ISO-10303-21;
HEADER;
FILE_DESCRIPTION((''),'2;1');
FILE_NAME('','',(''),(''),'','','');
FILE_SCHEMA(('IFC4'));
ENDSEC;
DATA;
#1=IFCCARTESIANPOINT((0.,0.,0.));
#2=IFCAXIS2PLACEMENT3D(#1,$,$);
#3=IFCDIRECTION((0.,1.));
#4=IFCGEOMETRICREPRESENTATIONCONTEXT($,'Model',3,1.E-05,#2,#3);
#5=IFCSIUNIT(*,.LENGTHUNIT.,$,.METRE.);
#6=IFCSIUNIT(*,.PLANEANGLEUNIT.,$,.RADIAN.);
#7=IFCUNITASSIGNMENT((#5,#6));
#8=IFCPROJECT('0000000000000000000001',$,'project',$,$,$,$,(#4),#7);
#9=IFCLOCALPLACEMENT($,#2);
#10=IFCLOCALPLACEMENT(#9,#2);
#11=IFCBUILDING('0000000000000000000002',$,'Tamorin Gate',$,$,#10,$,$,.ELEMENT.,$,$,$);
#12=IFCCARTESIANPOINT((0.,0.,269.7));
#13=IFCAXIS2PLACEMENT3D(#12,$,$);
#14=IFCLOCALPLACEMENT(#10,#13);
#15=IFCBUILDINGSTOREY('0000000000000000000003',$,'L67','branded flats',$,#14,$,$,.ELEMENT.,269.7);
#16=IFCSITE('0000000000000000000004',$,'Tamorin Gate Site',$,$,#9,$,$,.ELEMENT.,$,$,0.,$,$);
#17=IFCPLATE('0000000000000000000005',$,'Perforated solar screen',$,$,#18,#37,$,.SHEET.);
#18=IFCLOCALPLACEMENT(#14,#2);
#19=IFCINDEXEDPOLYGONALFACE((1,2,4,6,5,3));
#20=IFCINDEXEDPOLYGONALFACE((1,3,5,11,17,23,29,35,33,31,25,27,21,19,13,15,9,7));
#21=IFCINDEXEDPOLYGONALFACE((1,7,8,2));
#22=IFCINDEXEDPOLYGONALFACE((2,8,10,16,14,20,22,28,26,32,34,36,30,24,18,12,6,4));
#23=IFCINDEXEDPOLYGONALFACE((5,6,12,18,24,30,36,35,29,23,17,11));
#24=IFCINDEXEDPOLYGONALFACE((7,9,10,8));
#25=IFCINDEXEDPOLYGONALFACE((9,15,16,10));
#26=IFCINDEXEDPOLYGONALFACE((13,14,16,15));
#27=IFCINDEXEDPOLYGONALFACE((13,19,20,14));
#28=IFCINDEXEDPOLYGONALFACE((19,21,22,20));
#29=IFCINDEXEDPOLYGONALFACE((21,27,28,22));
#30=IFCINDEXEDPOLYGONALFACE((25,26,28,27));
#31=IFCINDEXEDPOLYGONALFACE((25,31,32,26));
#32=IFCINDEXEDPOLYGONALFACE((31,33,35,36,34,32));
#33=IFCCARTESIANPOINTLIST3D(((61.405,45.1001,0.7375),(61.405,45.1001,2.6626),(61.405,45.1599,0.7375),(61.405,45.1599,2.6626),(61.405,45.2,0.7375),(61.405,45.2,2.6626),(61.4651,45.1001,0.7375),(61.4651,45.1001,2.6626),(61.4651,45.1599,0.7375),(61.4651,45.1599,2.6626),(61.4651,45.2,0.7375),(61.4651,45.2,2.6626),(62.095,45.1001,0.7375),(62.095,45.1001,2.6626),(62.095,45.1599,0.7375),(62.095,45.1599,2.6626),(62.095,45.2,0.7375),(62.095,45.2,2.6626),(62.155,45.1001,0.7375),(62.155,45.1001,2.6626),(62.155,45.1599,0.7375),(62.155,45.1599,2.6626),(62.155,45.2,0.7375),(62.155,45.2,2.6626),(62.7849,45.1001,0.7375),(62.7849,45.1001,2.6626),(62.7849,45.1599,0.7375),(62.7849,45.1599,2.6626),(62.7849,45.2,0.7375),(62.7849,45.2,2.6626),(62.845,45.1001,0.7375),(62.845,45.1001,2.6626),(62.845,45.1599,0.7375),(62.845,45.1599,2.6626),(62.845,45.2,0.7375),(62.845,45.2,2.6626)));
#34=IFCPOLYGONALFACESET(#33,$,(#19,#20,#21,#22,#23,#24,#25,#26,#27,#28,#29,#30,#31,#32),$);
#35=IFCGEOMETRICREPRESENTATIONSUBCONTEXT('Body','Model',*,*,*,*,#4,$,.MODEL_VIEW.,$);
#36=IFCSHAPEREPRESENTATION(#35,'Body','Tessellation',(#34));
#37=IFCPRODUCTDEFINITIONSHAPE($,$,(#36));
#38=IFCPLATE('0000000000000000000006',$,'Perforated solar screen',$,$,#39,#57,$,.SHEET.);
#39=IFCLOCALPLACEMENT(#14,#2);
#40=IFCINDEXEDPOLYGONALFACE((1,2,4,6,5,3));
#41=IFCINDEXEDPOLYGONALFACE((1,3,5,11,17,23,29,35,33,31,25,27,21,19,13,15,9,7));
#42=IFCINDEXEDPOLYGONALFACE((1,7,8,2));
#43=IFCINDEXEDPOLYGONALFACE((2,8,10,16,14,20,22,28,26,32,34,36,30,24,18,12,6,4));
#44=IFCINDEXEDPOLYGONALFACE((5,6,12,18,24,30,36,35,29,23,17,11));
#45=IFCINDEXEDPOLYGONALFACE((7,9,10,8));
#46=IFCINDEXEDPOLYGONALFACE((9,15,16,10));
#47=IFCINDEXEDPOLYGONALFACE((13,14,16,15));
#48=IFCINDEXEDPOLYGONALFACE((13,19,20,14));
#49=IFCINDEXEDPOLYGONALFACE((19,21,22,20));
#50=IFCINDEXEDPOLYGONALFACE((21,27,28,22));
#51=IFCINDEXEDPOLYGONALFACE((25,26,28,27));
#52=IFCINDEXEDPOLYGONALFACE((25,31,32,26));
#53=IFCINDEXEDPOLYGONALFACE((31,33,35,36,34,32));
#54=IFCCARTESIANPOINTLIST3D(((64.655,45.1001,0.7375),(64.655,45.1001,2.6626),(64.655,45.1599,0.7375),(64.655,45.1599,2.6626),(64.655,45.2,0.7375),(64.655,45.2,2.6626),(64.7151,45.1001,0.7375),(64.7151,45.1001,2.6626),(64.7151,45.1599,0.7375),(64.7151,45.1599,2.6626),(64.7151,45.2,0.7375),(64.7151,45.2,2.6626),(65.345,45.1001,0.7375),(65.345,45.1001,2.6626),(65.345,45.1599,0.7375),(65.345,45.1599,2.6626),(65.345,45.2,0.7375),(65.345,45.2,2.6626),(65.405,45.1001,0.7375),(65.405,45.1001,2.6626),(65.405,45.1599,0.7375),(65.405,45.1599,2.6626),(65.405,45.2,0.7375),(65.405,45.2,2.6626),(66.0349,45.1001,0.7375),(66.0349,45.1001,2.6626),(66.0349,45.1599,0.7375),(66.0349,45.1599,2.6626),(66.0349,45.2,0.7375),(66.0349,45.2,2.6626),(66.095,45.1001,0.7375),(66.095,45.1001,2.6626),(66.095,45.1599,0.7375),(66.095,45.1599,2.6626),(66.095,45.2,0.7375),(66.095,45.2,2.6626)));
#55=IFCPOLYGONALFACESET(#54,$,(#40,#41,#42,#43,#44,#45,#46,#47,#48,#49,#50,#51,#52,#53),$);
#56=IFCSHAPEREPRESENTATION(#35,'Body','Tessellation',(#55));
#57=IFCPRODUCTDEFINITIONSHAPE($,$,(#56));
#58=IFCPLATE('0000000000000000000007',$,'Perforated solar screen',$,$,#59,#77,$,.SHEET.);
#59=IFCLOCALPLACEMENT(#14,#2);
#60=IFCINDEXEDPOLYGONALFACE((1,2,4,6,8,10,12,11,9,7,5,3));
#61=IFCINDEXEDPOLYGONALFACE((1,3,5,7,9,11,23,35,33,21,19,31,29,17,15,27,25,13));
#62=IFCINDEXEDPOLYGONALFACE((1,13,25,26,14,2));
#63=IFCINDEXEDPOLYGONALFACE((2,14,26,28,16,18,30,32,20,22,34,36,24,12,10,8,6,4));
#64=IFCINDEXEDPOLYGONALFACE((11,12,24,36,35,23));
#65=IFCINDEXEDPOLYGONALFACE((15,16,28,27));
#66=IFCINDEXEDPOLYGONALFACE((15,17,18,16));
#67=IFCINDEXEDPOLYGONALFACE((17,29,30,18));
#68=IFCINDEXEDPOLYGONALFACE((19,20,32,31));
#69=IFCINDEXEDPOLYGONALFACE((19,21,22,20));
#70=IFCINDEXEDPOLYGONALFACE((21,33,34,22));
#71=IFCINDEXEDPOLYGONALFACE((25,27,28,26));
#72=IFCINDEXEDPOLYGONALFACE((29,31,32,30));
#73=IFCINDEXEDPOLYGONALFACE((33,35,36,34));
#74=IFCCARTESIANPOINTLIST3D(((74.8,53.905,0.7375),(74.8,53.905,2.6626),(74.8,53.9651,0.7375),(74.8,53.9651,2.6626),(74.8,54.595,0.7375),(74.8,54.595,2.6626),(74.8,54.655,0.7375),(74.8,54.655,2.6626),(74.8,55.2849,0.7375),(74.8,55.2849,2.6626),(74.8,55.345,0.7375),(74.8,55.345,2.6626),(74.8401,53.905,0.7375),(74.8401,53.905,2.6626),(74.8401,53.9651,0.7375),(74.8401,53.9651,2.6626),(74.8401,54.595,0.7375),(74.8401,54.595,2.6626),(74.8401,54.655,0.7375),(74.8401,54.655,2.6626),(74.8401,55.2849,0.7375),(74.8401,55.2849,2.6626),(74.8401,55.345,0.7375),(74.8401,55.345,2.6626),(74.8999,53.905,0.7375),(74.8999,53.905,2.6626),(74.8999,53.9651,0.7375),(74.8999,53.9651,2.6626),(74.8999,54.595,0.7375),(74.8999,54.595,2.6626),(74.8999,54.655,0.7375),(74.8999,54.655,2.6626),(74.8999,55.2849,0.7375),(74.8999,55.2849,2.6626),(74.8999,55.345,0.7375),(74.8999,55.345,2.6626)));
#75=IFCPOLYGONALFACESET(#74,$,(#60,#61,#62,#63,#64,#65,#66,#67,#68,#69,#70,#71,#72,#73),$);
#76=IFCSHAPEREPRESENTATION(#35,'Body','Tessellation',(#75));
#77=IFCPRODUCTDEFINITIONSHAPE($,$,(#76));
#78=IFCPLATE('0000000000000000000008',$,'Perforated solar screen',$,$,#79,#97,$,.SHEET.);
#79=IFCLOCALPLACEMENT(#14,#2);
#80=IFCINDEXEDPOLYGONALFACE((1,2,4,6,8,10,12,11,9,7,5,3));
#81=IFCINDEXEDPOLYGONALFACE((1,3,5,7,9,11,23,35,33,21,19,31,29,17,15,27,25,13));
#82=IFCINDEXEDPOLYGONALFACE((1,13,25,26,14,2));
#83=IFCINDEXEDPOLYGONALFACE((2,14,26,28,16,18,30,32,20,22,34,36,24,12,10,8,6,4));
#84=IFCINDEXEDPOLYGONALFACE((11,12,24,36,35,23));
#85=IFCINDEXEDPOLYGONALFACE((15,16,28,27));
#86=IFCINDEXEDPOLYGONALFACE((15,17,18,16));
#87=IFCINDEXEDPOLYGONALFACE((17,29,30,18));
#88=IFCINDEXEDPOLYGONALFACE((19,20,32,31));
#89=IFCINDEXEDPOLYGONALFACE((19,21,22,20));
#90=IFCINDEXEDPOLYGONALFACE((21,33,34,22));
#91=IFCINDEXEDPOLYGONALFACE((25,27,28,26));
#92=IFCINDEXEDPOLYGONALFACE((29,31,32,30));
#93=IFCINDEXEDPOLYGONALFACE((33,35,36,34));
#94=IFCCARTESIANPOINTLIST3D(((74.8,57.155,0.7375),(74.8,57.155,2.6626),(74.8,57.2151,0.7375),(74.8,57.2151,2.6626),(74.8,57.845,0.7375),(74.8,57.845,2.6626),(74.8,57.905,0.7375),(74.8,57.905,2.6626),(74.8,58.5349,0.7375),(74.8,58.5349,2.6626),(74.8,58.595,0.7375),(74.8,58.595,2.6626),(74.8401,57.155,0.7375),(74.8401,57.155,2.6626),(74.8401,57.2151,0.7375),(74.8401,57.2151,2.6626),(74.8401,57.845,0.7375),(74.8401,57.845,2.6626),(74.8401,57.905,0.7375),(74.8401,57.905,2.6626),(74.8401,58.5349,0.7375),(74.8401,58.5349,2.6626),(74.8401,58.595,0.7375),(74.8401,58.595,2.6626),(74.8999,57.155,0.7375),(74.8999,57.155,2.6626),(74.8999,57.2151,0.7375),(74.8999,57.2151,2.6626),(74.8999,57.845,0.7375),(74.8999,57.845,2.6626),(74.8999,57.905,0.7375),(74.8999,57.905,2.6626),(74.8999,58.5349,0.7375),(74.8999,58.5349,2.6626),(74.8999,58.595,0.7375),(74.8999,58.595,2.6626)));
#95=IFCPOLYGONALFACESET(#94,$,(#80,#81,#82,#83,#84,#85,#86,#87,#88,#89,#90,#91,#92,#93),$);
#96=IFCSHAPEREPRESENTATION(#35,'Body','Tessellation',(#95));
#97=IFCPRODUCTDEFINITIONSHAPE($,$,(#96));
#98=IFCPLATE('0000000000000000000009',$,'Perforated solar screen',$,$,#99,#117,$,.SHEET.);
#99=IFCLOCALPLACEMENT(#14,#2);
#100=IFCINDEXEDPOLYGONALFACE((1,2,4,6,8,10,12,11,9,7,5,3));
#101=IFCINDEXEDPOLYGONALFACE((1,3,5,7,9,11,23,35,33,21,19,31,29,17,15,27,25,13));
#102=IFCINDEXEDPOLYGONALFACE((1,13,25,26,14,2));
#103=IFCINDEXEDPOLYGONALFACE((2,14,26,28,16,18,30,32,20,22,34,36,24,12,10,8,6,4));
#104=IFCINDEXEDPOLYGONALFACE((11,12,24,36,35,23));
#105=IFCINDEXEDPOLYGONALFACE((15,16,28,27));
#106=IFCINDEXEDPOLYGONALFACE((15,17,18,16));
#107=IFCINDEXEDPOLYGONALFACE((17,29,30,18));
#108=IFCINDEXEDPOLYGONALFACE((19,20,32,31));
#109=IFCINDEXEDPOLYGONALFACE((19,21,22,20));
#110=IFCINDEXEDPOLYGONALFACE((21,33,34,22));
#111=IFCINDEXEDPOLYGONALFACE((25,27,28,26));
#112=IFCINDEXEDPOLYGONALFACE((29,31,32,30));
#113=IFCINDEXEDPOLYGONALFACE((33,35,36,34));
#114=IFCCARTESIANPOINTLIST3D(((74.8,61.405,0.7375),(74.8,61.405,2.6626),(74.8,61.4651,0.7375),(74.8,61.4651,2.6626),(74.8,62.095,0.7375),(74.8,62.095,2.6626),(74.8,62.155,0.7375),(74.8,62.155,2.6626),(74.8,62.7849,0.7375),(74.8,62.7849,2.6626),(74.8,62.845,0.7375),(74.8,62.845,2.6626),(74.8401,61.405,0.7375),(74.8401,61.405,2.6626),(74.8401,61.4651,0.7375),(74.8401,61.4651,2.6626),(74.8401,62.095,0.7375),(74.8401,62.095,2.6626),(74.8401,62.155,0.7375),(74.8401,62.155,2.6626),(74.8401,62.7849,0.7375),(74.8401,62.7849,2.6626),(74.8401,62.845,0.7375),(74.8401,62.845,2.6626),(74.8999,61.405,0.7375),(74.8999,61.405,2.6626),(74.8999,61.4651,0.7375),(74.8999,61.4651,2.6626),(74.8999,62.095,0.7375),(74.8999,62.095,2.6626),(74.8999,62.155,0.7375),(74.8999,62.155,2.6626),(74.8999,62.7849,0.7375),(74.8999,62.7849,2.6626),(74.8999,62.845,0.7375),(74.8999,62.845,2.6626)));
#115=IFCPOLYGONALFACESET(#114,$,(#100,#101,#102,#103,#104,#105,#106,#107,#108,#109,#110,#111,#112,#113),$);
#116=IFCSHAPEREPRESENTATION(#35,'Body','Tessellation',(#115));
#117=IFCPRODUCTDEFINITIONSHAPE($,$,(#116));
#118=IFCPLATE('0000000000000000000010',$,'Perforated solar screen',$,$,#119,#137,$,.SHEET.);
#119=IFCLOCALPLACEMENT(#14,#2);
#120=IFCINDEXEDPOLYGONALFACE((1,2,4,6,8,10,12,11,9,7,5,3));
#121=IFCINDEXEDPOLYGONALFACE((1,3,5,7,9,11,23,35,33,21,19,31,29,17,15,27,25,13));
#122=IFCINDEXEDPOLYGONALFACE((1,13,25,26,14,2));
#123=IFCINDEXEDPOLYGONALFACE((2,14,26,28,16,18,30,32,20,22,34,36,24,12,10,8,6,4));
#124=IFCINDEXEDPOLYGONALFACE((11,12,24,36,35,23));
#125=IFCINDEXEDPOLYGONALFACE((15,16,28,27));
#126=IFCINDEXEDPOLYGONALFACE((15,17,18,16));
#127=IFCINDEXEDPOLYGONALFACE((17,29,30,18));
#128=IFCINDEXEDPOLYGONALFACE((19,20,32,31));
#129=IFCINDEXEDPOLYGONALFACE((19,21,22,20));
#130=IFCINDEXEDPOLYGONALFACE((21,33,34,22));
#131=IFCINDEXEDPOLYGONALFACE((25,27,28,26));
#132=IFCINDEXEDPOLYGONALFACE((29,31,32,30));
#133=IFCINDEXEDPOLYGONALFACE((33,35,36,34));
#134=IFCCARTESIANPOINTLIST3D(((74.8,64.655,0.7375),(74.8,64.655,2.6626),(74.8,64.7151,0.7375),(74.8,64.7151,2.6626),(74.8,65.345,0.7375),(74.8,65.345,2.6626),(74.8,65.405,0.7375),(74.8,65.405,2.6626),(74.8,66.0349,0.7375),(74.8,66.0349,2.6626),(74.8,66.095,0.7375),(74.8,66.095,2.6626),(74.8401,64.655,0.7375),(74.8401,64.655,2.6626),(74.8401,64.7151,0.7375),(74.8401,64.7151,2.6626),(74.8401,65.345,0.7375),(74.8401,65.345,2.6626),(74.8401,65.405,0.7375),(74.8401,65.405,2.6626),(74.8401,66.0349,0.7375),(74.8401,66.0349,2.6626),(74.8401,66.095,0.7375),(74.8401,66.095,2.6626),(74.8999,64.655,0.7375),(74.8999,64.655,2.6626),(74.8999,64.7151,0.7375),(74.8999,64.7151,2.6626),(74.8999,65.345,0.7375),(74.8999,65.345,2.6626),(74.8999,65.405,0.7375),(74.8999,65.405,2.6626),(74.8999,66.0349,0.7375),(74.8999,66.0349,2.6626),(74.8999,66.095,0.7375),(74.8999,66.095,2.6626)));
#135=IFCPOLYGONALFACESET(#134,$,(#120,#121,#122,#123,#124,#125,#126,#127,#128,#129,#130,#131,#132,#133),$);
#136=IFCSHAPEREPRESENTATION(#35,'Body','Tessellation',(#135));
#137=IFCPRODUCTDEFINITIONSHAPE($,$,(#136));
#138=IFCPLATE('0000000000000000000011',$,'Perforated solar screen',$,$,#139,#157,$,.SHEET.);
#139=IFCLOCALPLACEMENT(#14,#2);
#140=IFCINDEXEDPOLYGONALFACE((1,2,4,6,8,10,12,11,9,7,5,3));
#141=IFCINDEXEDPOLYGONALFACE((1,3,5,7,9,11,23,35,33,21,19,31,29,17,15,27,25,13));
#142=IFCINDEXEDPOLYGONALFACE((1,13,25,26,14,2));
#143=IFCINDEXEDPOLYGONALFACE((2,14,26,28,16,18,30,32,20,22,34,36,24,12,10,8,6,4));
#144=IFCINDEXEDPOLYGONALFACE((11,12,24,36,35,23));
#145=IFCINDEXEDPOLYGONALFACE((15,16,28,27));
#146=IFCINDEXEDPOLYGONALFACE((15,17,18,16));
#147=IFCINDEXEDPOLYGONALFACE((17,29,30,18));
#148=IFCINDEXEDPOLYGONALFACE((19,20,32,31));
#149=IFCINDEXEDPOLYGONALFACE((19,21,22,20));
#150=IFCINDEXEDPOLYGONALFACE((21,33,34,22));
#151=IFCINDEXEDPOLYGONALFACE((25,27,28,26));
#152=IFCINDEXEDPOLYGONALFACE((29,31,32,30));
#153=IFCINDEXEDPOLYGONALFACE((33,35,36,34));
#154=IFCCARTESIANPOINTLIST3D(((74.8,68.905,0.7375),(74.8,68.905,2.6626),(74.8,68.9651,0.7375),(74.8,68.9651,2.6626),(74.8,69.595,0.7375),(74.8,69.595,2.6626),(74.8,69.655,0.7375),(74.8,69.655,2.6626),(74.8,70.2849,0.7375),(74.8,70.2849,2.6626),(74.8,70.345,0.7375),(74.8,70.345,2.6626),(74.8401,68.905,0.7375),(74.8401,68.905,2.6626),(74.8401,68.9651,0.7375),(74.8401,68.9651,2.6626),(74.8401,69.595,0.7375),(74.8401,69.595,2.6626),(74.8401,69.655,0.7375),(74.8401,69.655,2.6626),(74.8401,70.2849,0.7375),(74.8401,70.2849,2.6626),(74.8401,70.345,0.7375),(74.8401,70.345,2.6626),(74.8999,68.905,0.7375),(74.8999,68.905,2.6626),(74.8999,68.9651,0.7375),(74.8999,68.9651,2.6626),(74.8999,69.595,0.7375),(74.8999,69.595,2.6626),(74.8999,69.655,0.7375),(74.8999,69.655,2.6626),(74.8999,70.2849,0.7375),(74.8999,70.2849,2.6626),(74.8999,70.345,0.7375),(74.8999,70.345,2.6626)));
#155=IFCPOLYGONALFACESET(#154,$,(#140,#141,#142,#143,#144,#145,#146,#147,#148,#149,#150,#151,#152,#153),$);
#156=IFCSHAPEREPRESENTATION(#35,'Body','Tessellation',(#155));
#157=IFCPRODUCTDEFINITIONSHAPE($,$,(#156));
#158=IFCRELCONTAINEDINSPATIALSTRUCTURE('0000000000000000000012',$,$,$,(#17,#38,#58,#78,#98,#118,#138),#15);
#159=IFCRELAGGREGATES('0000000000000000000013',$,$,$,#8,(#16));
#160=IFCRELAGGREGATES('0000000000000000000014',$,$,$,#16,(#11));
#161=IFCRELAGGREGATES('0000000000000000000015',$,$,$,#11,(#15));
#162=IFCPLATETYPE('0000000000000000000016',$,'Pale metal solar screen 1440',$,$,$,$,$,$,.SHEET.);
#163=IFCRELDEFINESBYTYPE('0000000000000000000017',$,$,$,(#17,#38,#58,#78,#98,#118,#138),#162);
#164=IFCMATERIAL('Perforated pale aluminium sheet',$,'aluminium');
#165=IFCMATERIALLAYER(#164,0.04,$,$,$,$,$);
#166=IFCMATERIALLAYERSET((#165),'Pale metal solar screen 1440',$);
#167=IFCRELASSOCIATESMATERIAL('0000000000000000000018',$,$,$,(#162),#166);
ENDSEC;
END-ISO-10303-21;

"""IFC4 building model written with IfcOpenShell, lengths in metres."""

from ifc_helpers import new_model, si_unit, direction, frame, origin, place, context, subcontext, project, spatial, polyline, outline, extrude, material, layer, layer_set, type_object, element, save


model = new_model("IFC4")

# Units and contexts
model_context = context("Model", 3, precision=1e-05, world=origin(), true_north=direction((0.0, 1.0)))
body_context = subcontext(model_context, "Body", "Model", "MODEL_VIEW")
ifc_project = project(units=[si_unit("LENGTHUNIT", "METRE"), si_unit("PLANEANGLEUNIT", "RADIAN")], contexts=[model_context])

# Site, building, storey
site_placement = place(None, origin())
site = spatial("IfcSite", under=ifc_project, at=site_placement, Name="Tamorin Gate Site", CompositionType="ELEMENT", RefElevation=0.0)
building_placement = place(site_placement, origin())
building = spatial("IfcBuilding", under=site, at=building_placement, Name="Tamorin Gate", CompositionType="ELEMENT")
storey_placement = place(building_placement, frame((0.0, 0.0, 269.7)))
storey = spatial("IfcBuildingStorey", under=building, at=storey_placement, Name="L67", Description="branded flats", CompositionType="ELEMENT", Elevation=269.7)

# Plates
ifc_material_1 = material(Name="Perforated pale aluminium sheet", Category="aluminium")
ifc_layer_1 = layer(ifc_material_1, 0.04)
ifc_layer_set_1 = layer_set([ifc_layer_1], Name="Pale metal solar screen 1440")
plate_type = type_object("IfcPlateType", Name="Pale metal solar screen 1440", PredefinedType="SHEET", material=ifc_layer_set_1)
plate_1_placement = place(storey_placement, frame((0.0, 0.0, 0.7375)))
element("IfcPlate", 1, at=plate_1_placement, inside=storey, type_object=plate_type, Name="Perforated solar screen", PredefinedType="SHEET", context=body_context, shape_type="SweptSolid", body=[
    extrude(outline(polyline([(61.405, 45.1599), (61.405, 45.2), (61.4651, 45.2), (62.095, 45.2), (62.155, 45.2), (62.7849, 45.2), (62.845, 45.2), (62.845, 45.1599), (62.845, 45.1001), (62.7849, 45.1001), (62.7849, 45.1599), (62.155, 45.1599), (62.155, 45.1001), (62.095, 45.1001), (62.095, 45.1599), (61.4651, 45.1599), (61.4651, 45.1001), (61.405, 45.1001), (61.405, 45.1599)])), origin(), (0.0, 0.0, 1.0), 1.925),
])
plate_2_placement = place(storey_placement, frame((0.0, 0.0, 0.7375)))
element("IfcPlate", 2, at=plate_2_placement, inside=storey, type_object=plate_type, Name="Perforated solar screen", PredefinedType="SHEET", context=body_context, shape_type="SweptSolid", body=[
    extrude(outline(polyline([(64.655, 45.1599), (64.655, 45.2), (64.7151, 45.2), (65.345, 45.2), (65.405, 45.2), (66.0349, 45.2), (66.095, 45.2), (66.095, 45.1599), (66.095, 45.1001), (66.0349, 45.1001), (66.0349, 45.1599), (65.405, 45.1599), (65.405, 45.1001), (65.345, 45.1001), (65.345, 45.1599), (64.7151, 45.1599), (64.7151, 45.1001), (64.655, 45.1001), (64.655, 45.1599)])), origin(), (0.0, 0.0, 1.0), 1.925),
])
plate_3_placement = place(storey_placement, frame((0.0, 0.0, 0.7375)))
element("IfcPlate", 3, at=plate_3_placement, inside=storey, type_object=plate_type, Name="Perforated solar screen", PredefinedType="SHEET", context=body_context, shape_type="SweptSolid", body=[
    extrude(outline(polyline([(74.8401, 53.905), (74.8, 53.905), (74.8, 53.9651), (74.8, 54.595), (74.8, 54.655), (74.8, 55.2849), (74.8, 55.345), (74.8, 55.345), (74.8401, 55.345), (74.8401, 55.345), (74.8999, 55.345), (74.8999, 55.2849), (74.8401, 55.2849), (74.8401, 54.655), (74.8999, 54.655), (74.8999, 54.595), (74.8401, 54.595), (74.8401, 53.9651), (74.8999, 53.9651), (74.8999, 53.905), (74.8401, 53.905)])), origin(), (0.0, 0.0, 1.0), 1.925),
])
plate_4_placement = place(storey_placement, frame((0.0, 0.0, 0.7375)))
element("IfcPlate", 4, at=plate_4_placement, inside=storey, type_object=plate_type, Name="Perforated solar screen", PredefinedType="SHEET", context=body_context, shape_type="SweptSolid", body=[
    extrude(outline(polyline([(74.8401, 57.155), (74.8, 57.155), (74.8, 57.2151), (74.8, 57.845), (74.8, 57.905), (74.8, 58.5349), (74.8, 58.595), (74.8, 58.595), (74.8401, 58.595), (74.8401, 58.595), (74.8999, 58.595), (74.8999, 58.5349), (74.8401, 58.5349), (74.8401, 57.905), (74.8999, 57.905), (74.8999, 57.845), (74.8401, 57.845), (74.8401, 57.2151), (74.8999, 57.2151), (74.8999, 57.155), (74.8401, 57.155)])), origin(), (0.0, 0.0, 1.0), 1.925),
])
plate_5_placement = place(storey_placement, frame((0.0, 0.0, 0.7375)))
element("IfcPlate", 5, at=plate_5_placement, inside=storey, type_object=plate_type, Name="Perforated solar screen", PredefinedType="SHEET", context=body_context, shape_type="SweptSolid", body=[
    extrude(outline(polyline([(74.8401, 61.405), (74.8, 61.405), (74.8, 61.4651), (74.8, 62.095), (74.8, 62.155), (74.8, 62.7849), (74.8, 62.845), (74.8401, 62.845), (74.8999, 62.845), (74.8999, 62.7849), (74.8401, 62.7849), (74.8401, 62.155), (74.8999, 62.155), (74.8999, 62.095), (74.8401, 62.095), (74.8401, 61.4651), (74.8999, 61.4651), (74.8999, 61.405), (74.8401, 61.405)])), origin(), (0.0, 0.0, 1.0), 1.925),
])
plate_6_placement = place(storey_placement, frame((0.0, 0.0, 0.7375)))
element("IfcPlate", 6, at=plate_6_placement, inside=storey, type_object=plate_type, Name="Perforated solar screen", PredefinedType="SHEET", context=body_context, shape_type="SweptSolid", body=[
    extrude(outline(polyline([(74.8401, 64.655), (74.8, 64.655), (74.8, 64.7151), (74.8, 65.345), (74.8, 65.405), (74.8, 66.0349), (74.8, 66.095), (74.8401, 66.095), (74.8999, 66.095), (74.8999, 66.0349), (74.8401, 66.0349), (74.8401, 65.405), (74.8999, 65.405), (74.8999, 65.345), (74.8401, 65.345), (74.8401, 64.7151), (74.8999, 64.7151), (74.8999, 64.655), (74.8401, 64.655)])), origin(), (0.0, 0.0, 1.0), 1.925),
])
plate_7_placement = place(storey_placement, frame((0.0, 0.0, 0.7375)))
element("IfcPlate", 7, at=plate_7_placement, inside=storey, type_object=plate_type, Name="Perforated solar screen", PredefinedType="SHEET", context=body_context, shape_type="SweptSolid", body=[
    extrude(outline(polyline([(74.8401, 68.905), (74.8, 68.905), (74.8, 68.9651), (74.8, 69.595), (74.8, 69.655), (74.8, 70.2849), (74.8, 70.345), (74.8401, 70.345), (74.8999, 70.345), (74.8999, 70.2849), (74.8401, 70.2849), (74.8401, 69.655), (74.8999, 69.655), (74.8999, 69.595), (74.8401, 69.595), (74.8401, 68.9651), (74.8999, 68.9651), (74.8999, 68.905), (74.8401, 68.905)])), origin(), (0.0, 0.0, 1.0), 1.925),
])

save(model, "model.ifc")
